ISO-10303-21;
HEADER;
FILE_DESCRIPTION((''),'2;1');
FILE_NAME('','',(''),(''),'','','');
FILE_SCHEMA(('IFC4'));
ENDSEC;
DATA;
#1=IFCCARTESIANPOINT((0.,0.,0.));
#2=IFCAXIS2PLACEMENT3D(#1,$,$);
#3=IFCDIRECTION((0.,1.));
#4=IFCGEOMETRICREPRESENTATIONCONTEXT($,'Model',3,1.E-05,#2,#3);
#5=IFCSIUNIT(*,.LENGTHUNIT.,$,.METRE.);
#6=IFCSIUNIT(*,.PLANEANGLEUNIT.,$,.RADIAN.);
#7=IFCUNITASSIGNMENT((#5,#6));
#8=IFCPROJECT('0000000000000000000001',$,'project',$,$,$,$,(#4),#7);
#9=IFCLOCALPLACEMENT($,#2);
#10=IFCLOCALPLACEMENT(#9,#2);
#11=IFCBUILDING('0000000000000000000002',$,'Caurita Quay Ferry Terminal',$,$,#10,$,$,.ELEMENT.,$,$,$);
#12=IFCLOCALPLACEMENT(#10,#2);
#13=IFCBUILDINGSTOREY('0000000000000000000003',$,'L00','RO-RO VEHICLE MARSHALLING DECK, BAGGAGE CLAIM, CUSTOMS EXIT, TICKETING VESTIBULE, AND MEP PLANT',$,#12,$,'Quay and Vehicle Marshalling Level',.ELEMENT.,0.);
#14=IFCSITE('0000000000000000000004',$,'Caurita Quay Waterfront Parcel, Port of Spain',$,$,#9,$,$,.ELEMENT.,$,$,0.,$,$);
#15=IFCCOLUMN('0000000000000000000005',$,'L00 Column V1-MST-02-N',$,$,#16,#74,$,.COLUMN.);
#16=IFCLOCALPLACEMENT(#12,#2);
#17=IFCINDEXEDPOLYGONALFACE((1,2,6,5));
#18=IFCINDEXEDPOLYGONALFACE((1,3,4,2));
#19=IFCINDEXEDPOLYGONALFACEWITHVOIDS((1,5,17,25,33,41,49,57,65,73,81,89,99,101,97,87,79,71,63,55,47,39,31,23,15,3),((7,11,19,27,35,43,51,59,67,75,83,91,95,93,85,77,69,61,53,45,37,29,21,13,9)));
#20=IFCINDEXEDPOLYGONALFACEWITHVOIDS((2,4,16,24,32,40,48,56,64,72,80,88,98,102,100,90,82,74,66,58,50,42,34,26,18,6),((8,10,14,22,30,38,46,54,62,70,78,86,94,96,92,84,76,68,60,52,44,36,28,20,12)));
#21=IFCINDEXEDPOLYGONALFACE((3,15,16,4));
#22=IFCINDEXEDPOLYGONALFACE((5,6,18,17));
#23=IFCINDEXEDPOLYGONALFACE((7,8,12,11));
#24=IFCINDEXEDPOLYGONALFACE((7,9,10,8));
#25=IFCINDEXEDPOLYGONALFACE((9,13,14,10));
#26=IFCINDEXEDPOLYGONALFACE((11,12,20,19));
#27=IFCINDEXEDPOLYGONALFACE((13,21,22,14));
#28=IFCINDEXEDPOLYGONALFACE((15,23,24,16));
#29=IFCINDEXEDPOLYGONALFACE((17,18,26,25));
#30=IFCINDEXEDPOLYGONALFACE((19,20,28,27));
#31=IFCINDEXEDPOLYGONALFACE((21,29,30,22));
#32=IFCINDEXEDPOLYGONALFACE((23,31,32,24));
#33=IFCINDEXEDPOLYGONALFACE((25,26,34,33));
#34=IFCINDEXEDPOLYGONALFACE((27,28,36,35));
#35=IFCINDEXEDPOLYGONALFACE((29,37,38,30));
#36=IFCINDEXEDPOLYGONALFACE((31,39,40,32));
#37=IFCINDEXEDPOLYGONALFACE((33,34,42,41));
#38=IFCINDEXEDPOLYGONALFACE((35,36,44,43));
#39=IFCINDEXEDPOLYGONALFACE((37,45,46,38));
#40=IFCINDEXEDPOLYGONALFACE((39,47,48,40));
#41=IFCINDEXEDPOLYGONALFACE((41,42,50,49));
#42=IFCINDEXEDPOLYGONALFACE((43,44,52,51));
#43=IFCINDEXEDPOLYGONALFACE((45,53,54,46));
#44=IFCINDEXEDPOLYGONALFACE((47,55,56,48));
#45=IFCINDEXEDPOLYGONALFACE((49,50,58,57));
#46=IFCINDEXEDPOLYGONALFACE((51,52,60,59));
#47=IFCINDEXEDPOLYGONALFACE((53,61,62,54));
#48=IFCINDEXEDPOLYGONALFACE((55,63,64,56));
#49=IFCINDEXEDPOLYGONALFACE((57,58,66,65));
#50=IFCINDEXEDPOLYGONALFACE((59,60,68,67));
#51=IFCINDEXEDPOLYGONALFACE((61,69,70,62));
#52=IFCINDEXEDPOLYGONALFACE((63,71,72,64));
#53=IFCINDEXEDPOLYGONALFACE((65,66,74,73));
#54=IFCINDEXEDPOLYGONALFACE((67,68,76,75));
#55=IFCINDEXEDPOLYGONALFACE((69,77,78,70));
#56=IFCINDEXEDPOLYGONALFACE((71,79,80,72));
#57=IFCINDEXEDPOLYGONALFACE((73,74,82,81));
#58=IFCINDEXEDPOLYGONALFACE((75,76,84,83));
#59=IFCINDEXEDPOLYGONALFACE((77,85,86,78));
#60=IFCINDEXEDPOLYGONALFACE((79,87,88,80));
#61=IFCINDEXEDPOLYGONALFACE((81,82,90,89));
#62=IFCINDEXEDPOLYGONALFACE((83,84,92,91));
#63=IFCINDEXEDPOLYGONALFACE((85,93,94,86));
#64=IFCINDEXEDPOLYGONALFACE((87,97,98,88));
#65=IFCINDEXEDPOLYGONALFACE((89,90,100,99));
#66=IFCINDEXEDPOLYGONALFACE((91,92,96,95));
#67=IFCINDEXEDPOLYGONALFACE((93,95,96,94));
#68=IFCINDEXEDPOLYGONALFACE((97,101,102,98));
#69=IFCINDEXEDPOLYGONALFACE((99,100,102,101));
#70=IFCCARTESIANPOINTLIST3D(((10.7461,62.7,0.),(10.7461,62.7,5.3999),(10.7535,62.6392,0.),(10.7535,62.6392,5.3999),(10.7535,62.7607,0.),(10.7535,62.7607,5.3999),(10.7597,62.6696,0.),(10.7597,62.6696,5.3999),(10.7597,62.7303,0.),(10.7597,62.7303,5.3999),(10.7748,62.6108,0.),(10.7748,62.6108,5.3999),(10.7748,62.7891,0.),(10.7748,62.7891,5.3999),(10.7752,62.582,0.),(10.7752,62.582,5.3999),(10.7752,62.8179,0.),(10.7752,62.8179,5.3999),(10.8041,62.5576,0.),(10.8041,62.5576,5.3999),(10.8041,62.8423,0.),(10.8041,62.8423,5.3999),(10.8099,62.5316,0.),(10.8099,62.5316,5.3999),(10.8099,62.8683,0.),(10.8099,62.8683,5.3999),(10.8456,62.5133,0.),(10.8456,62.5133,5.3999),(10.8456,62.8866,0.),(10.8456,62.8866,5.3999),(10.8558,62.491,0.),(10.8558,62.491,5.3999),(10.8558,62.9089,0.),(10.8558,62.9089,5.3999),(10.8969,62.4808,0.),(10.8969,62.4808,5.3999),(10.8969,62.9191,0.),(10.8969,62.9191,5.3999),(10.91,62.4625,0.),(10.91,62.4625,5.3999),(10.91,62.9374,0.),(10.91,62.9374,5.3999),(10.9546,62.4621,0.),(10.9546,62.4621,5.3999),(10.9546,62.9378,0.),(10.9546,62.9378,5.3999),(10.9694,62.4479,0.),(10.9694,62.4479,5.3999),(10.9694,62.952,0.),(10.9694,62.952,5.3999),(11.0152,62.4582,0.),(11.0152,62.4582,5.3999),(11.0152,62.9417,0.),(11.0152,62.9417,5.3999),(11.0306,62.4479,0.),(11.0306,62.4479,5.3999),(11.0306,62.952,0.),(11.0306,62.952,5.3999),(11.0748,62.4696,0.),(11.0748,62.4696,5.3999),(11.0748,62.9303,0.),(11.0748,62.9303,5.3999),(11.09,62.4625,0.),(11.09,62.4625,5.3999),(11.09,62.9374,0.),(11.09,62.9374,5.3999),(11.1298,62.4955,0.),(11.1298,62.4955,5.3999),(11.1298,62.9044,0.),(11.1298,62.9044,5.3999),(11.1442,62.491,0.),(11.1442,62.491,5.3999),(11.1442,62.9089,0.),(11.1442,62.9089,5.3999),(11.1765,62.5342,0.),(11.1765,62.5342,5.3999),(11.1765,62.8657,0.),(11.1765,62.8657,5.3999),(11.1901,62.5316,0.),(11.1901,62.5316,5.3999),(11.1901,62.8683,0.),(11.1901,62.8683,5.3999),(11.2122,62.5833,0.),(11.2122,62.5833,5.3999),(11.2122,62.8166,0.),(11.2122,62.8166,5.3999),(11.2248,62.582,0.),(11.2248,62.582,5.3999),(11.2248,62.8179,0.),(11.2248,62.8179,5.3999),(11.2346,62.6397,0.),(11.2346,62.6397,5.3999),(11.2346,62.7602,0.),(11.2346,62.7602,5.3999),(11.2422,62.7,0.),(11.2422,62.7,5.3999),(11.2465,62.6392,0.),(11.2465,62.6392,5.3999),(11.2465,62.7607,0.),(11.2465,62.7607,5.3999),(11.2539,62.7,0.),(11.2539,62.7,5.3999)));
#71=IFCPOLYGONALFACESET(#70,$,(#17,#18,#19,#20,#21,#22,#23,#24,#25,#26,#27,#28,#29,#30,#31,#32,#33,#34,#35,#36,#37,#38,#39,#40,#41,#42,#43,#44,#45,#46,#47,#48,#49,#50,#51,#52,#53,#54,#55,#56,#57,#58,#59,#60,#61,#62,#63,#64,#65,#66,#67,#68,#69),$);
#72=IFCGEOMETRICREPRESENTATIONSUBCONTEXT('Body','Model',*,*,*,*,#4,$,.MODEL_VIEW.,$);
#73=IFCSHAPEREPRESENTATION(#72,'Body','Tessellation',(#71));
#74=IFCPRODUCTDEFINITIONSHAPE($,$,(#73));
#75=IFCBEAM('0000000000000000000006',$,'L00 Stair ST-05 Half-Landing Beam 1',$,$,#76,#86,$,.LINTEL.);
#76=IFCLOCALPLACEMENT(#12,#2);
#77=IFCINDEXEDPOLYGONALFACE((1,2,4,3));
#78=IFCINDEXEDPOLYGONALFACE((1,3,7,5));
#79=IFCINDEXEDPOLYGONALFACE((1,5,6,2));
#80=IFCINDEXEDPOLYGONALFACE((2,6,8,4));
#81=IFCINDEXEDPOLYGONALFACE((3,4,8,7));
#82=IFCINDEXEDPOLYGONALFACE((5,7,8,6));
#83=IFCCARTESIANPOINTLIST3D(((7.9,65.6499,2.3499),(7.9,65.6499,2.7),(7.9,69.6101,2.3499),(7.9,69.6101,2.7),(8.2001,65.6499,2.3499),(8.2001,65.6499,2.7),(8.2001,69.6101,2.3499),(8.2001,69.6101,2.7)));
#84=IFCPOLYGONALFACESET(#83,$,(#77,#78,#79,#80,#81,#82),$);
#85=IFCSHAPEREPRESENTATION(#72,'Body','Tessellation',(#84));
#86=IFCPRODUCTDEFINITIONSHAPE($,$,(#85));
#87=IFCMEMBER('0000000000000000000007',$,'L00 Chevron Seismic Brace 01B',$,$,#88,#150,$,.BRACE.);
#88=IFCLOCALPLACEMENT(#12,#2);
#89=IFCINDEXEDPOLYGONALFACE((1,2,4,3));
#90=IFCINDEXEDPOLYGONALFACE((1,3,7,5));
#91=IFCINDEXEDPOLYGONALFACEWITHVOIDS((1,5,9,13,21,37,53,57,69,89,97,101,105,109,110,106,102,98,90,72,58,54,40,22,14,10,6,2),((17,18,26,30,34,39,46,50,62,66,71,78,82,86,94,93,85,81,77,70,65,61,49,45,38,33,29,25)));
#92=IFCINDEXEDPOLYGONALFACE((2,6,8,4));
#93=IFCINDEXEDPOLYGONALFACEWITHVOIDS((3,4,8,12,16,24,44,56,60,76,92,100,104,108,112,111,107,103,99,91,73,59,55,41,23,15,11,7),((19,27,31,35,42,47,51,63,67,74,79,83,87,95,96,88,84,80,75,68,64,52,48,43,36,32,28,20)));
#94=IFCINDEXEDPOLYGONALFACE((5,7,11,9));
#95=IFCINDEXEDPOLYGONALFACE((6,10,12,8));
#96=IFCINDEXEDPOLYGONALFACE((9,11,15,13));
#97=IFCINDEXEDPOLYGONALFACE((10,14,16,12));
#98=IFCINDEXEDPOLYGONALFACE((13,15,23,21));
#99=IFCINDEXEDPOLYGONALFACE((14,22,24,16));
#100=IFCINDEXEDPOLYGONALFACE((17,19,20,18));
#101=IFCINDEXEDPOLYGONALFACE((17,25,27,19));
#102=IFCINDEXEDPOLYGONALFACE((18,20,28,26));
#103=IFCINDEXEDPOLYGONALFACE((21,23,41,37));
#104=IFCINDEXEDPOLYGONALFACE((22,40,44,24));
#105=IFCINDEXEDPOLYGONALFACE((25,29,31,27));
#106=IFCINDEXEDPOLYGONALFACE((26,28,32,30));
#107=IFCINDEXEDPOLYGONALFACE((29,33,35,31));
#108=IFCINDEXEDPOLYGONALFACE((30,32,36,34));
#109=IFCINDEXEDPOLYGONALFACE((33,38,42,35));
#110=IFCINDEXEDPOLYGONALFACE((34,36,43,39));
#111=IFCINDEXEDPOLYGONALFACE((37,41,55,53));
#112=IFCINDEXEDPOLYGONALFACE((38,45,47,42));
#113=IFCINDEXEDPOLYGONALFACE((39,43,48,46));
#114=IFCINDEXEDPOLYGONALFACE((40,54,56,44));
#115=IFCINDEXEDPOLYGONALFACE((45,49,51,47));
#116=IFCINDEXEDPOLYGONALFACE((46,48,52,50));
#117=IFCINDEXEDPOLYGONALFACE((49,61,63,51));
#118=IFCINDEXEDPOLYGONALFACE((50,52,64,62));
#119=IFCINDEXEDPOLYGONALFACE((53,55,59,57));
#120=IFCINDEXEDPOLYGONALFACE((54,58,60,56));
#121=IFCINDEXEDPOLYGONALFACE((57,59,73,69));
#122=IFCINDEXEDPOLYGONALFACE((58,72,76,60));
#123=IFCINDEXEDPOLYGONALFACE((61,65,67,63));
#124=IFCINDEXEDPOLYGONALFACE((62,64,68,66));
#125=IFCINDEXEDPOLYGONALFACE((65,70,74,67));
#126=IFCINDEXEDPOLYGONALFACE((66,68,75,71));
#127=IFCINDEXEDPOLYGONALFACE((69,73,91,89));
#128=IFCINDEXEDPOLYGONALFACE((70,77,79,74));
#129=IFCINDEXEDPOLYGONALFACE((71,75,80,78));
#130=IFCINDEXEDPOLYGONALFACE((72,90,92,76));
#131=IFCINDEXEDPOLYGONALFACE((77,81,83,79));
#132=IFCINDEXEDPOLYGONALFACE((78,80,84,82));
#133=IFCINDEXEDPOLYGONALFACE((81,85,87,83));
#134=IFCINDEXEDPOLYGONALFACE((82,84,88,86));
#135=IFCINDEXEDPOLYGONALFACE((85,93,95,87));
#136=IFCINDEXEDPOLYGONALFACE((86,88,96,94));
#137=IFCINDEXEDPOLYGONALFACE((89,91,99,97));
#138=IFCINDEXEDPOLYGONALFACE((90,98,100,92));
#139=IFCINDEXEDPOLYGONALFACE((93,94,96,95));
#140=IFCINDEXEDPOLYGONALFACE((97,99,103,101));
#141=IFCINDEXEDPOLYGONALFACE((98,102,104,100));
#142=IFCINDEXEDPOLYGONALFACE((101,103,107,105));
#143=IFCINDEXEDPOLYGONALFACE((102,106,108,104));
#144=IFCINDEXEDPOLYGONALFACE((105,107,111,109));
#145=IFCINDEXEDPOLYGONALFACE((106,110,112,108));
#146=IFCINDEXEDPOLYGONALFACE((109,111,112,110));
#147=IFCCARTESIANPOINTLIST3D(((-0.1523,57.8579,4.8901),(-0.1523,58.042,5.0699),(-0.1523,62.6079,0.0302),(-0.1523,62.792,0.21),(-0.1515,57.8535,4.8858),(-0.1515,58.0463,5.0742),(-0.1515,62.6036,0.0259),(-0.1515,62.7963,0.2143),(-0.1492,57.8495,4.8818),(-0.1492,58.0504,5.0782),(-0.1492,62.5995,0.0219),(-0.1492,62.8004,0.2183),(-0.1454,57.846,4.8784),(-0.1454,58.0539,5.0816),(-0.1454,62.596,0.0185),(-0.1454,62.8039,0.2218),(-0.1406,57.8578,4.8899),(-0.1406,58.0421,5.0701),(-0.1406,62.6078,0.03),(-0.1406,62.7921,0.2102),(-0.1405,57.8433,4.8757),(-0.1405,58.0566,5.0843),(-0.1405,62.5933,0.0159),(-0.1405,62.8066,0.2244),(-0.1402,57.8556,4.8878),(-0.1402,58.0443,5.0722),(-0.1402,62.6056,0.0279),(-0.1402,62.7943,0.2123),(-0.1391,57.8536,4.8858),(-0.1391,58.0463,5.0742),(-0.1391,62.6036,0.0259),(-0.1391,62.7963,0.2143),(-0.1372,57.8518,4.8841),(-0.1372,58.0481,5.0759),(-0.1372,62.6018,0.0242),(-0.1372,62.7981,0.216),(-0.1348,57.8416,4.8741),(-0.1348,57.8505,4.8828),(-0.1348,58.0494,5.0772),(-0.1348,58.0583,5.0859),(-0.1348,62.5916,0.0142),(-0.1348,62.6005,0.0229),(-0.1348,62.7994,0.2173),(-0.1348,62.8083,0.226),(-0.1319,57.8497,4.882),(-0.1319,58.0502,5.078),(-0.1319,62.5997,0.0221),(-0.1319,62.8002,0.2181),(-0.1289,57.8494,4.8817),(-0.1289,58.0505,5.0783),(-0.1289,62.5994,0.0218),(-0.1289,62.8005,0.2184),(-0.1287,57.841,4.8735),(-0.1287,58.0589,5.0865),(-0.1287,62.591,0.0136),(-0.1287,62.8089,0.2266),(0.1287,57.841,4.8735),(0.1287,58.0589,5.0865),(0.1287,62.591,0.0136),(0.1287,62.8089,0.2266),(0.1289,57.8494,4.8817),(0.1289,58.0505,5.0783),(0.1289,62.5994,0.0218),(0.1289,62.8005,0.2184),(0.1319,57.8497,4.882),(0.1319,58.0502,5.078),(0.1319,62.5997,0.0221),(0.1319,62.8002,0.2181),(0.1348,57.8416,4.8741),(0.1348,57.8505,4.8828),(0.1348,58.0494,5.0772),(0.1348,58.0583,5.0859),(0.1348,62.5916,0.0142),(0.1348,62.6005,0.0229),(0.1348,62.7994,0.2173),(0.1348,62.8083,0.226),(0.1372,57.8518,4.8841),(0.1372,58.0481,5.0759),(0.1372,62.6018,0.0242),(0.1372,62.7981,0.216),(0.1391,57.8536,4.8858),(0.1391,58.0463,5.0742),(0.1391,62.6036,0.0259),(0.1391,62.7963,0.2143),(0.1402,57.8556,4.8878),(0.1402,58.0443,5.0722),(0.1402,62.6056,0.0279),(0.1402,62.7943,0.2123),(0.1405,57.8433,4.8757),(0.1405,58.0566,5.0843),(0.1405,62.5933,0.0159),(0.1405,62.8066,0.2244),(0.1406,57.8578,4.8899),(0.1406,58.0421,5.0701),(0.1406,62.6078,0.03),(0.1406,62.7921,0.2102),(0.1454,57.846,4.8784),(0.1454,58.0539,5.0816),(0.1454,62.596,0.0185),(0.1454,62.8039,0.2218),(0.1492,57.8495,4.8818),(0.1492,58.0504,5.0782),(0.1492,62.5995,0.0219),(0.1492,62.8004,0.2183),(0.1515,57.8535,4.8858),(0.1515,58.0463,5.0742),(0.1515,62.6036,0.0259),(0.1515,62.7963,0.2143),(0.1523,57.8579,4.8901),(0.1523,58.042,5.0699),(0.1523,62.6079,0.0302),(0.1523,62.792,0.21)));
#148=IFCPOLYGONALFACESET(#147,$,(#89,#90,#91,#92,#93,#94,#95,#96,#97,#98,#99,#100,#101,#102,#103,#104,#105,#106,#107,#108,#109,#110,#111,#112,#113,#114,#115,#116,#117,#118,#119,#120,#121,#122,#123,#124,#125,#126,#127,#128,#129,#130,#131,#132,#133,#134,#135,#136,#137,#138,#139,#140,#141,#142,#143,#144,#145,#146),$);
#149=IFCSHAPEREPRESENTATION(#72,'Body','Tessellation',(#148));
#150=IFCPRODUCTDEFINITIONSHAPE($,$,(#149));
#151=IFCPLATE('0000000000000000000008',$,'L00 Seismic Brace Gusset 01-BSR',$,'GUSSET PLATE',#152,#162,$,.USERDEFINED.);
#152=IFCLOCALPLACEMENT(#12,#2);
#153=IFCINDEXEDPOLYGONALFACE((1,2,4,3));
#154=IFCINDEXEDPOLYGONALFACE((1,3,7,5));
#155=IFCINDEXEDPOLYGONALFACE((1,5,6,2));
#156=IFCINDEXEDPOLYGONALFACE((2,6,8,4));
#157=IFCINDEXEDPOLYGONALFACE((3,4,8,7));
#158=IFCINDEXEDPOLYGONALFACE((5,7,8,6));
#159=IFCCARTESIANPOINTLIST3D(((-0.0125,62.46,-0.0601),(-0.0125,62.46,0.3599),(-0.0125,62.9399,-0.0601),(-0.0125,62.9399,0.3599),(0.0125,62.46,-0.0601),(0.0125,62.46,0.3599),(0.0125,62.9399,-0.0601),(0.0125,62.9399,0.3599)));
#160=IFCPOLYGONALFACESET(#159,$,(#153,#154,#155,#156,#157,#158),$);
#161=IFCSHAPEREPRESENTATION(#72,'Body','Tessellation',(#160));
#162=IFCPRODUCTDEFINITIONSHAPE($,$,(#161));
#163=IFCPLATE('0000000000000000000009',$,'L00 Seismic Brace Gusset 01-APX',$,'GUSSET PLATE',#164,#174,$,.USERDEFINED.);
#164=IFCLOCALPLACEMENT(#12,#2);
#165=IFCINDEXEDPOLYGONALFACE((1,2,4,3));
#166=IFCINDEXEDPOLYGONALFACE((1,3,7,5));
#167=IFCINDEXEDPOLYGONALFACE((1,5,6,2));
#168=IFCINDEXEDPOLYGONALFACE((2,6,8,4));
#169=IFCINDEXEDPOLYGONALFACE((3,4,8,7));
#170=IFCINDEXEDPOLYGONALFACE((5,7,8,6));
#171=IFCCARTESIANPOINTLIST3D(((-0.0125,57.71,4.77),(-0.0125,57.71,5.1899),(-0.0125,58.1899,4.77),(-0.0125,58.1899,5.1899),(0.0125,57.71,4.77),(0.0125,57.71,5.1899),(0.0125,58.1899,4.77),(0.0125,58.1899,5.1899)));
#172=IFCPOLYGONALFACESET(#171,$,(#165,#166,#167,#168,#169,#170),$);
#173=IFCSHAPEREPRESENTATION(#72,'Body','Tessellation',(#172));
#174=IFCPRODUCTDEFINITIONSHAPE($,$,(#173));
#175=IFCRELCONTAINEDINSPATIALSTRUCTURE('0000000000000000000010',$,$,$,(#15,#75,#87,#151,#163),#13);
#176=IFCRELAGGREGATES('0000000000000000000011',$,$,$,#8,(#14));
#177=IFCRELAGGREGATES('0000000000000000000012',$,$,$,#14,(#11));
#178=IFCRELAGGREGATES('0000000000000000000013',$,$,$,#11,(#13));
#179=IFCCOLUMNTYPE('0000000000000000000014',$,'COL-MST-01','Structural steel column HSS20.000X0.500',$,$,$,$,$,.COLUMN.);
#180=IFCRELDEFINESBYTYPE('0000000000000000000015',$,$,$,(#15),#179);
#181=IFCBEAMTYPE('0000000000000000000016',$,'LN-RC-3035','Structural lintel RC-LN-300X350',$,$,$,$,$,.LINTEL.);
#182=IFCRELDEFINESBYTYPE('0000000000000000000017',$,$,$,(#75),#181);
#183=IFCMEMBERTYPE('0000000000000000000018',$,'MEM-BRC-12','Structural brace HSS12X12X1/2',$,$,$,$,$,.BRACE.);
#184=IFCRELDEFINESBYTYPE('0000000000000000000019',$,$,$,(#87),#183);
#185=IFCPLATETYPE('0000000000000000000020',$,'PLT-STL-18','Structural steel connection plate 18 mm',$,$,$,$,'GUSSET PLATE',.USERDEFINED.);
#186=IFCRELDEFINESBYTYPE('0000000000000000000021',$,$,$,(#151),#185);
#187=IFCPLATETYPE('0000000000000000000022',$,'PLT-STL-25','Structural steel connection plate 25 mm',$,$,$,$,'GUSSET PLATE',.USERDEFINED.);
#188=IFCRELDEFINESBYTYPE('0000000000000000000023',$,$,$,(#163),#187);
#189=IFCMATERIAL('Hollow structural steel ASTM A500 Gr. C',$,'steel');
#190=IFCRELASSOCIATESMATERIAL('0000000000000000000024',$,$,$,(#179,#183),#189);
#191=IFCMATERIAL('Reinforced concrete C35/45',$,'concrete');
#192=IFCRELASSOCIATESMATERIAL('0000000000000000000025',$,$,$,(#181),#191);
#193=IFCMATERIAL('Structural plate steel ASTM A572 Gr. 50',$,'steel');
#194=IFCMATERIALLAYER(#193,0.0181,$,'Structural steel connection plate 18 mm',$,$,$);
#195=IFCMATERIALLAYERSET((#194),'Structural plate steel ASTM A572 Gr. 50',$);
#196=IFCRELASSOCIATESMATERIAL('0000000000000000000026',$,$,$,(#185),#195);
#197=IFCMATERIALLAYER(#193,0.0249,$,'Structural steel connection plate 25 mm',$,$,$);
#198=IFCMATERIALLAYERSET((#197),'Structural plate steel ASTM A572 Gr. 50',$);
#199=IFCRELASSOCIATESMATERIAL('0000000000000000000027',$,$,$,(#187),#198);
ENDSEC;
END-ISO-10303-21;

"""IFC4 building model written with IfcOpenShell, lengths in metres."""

from ifc_helpers import new_model, si_unit, direction, frame, origin, origin_2d, place, context, subcontext, project, spatial, rectangle, hollow_rectangle, hollow_circle, extrude, material, layer, layer_set, material_profile, profile_set, type_object, element, save


model = new_model("IFC4")

# Units and contexts
model_context = context("Model", 3, precision=1e-05, world=origin(), true_north=direction((0.0, 1.0)))
body_context = subcontext(model_context, "Body", "Model", "MODEL_VIEW")
ifc_project = project(units=[si_unit("LENGTHUNIT", "METRE"), si_unit("PLANEANGLEUNIT", "RADIAN")], contexts=[model_context])

# Site, building, storey
site_placement = place(None, origin())
site = spatial("IfcSite", under=ifc_project, at=site_placement, Name="Caurita Quay Waterfront Parcel, Port of Spain", CompositionType="ELEMENT", RefElevation=0.0)
building_placement = place(site_placement, origin())
building = spatial("IfcBuilding", under=site, at=building_placement, Name="Caurita Quay Ferry Terminal", CompositionType="ELEMENT")
storey_placement = place(building_placement, origin())
storey = spatial("IfcBuildingStorey", under=building, at=storey_placement, Name="L00", Description="RO-RO VEHICLE MARSHALLING DECK, BAGGAGE CLAIM, CUSTOMS EXIT, TICKETING VESTIBULE, AND MEP PLANT", LongName="Quay and Vehicle Marshalling Level", CompositionType="ELEMENT", Elevation=0.0)

# Column
ifc_material_1 = material(Name="Hollow structural steel ASTM A500 Gr. C", Category="steel")
ifc_material_profile_1 = material_profile(ifc_material_1, hollow_circle(Radius=0.2539, WallThickness=0.0117, at=origin_2d()), Name="HSS20.000X0.500")
ifc_profile_set_1 = profile_set([ifc_material_profile_1], Name="Hollow structural steel ASTM A500 Gr. C")
column_type = type_object("IfcColumnType", Name="COL-MST-01", Description="Structural steel column HSS20.000X0.500", PredefinedType="COLUMN", material=ifc_profile_set_1)
for number, where, z_axis, x_axis, name in (
    (1, (11.0, 62.7, 0.0), (0.0, 0.0, 1.0), (1.0, 0.0, 0.0), "L00 Column V1-MST-02-N"),
):
    element("IfcColumn", number, at=place(storey_placement, frame(where, z_axis=z_axis, x_axis=x_axis)), inside=storey, type_object=column_type, Name=name, PredefinedType="COLUMN", context=body_context, shape_type="SweptSolid", body=[
        extrude(hollow_circle(Radius=0.2539, WallThickness=0.0117, at=origin_2d()), origin(), (0.0, 0.0, 1.0), 5.3999),
    ])

# Beam
ifc_material_2 = material(Name="Reinforced concrete C35/45", Category="concrete")
ifc_material_profile_2 = material_profile(ifc_material_2, rectangle(XDim=0.3, YDim=0.3501, at=origin_2d()), Name="RC-LN-300X350")
ifc_profile_set_2 = profile_set([ifc_material_profile_2], Name="Reinforced concrete C35/45")
beam_type = type_object("IfcBeamType", Name="LN-RC-3035", Description="Structural lintel RC-LN-300X350", PredefinedType="LINTEL", material=ifc_profile_set_2)
beam_placement = place(storey_placement, frame((8.05, 65.6499, 2.5249), z_axis=(0.0, 1.0, 0.0), x_axis=(-1.0, 0.0, 0.0)))
element("IfcBeam", 2, at=beam_placement, inside=storey, type_object=beam_type, Name="L00 Stair ST-05 Half-Landing Beam 1", PredefinedType="LINTEL", context=body_context, shape_type="SweptSolid", body=[
    extrude(rectangle(XDim=0.3, YDim=0.3501, at=origin_2d()), origin(), (0.0, 0.0, 1.0), 3.9602),
])

# Member
ifc_material_profile_3 = material_profile(ifc_material_1, hollow_rectangle(XDim=0.3047, YDim=0.3047, WallThickness=0.0117, InnerFilletRadius=0.0117, OuterFilletRadius=0.0237, at=origin_2d()), Name="HSS12X12X1/2")
ifc_profile_set_3 = profile_set([ifc_material_profile_3], Name="Hollow structural steel ASTM A500 Gr. C")
member_type = type_object("IfcMemberType", Name="MEM-BRC-12", Description="Structural brace HSS12X12X1/2", PredefinedType="BRACE", material=ifc_profile_set_3)
member_placement = place(storey_placement, frame((0.0, 62.7, 0.1201), z_axis=(0.0, -0.698977, 0.715144), x_axis=(1.0, 0.0, 0.0)))
element("IfcMember", 3, at=member_placement, inside=storey, type_object=member_type, Name="L00 Chevron Seismic Brace 01B", PredefinedType="BRACE", context=body_context, shape_type="SweptSolid", body=[
    extrude(hollow_rectangle(XDim=0.3047, YDim=0.3047, WallThickness=0.0117, InnerFilletRadius=0.0117, OuterFilletRadius=0.0237, at=origin_2d()), origin(), (0.0, 0.0, 1.0), 6.7957),
])

# Plates
ifc_material_3 = material(Name="Structural plate steel ASTM A572 Gr. 50", Category="steel")
ifc_layer_1 = layer(ifc_material_3, 0.0181, Name="Structural steel connection plate 18 mm")
ifc_layer_set_1 = layer_set([ifc_layer_1], Name="Structural plate steel ASTM A572 Gr. 50")
plate_type_1 = type_object("IfcPlateType", Name="PLT-STL-18", Description="Structural steel connection plate 18 mm", ElementType="GUSSET PLATE", PredefinedType="USERDEFINED", material=ifc_layer_set_1)
plate_1_placement = place(storey_placement, frame((0.0, 62.7, -0.0601), z_axis=(0.0, 0.0, 1.0), x_axis=(0.0, 1.0, 0.0)))
element("IfcPlate", 4, at=plate_1_placement, inside=storey, type_object=plate_type_1, Name="L00 Seismic Brace Gusset 01-BSR", ObjectType="GUSSET PLATE", PredefinedType="USERDEFINED", context=body_context, shape_type="SweptSolid", body=[
    extrude(rectangle(XDim=0.48, YDim=0.0249, at=origin_2d()), origin(), (0.0, 0.0, 1.0), 0.4199),
])
ifc_layer_2 = layer(ifc_material_3, 0.0249, Name="Structural steel connection plate 25 mm")
ifc_layer_set_2 = layer_set([ifc_layer_2], Name="Structural plate steel ASTM A572 Gr. 50")
plate_type_2 = type_object("IfcPlateType", Name="PLT-STL-25", Description="Structural steel connection plate 25 mm", ElementType="GUSSET PLATE", PredefinedType="USERDEFINED", material=ifc_layer_set_2)
plate_2_placement = place(storey_placement, frame((0.0, 57.95, 4.77), z_axis=(0.0, 0.0, 1.0), x_axis=(0.0, 1.0, 0.0)))
element("IfcPlate", 5, at=plate_2_placement, inside=storey, type_object=plate_type_2, Name="L00 Seismic Brace Gusset 01-APX", ObjectType="GUSSET PLATE", PredefinedType="USERDEFINED", context=body_context, shape_type="SweptSolid", body=[
    extrude(rectangle(XDim=0.48, YDim=0.0249, at=origin_2d()), origin(), (0.0, 0.0, 1.0), 0.4199),
])

save(model, "model.ifc")
